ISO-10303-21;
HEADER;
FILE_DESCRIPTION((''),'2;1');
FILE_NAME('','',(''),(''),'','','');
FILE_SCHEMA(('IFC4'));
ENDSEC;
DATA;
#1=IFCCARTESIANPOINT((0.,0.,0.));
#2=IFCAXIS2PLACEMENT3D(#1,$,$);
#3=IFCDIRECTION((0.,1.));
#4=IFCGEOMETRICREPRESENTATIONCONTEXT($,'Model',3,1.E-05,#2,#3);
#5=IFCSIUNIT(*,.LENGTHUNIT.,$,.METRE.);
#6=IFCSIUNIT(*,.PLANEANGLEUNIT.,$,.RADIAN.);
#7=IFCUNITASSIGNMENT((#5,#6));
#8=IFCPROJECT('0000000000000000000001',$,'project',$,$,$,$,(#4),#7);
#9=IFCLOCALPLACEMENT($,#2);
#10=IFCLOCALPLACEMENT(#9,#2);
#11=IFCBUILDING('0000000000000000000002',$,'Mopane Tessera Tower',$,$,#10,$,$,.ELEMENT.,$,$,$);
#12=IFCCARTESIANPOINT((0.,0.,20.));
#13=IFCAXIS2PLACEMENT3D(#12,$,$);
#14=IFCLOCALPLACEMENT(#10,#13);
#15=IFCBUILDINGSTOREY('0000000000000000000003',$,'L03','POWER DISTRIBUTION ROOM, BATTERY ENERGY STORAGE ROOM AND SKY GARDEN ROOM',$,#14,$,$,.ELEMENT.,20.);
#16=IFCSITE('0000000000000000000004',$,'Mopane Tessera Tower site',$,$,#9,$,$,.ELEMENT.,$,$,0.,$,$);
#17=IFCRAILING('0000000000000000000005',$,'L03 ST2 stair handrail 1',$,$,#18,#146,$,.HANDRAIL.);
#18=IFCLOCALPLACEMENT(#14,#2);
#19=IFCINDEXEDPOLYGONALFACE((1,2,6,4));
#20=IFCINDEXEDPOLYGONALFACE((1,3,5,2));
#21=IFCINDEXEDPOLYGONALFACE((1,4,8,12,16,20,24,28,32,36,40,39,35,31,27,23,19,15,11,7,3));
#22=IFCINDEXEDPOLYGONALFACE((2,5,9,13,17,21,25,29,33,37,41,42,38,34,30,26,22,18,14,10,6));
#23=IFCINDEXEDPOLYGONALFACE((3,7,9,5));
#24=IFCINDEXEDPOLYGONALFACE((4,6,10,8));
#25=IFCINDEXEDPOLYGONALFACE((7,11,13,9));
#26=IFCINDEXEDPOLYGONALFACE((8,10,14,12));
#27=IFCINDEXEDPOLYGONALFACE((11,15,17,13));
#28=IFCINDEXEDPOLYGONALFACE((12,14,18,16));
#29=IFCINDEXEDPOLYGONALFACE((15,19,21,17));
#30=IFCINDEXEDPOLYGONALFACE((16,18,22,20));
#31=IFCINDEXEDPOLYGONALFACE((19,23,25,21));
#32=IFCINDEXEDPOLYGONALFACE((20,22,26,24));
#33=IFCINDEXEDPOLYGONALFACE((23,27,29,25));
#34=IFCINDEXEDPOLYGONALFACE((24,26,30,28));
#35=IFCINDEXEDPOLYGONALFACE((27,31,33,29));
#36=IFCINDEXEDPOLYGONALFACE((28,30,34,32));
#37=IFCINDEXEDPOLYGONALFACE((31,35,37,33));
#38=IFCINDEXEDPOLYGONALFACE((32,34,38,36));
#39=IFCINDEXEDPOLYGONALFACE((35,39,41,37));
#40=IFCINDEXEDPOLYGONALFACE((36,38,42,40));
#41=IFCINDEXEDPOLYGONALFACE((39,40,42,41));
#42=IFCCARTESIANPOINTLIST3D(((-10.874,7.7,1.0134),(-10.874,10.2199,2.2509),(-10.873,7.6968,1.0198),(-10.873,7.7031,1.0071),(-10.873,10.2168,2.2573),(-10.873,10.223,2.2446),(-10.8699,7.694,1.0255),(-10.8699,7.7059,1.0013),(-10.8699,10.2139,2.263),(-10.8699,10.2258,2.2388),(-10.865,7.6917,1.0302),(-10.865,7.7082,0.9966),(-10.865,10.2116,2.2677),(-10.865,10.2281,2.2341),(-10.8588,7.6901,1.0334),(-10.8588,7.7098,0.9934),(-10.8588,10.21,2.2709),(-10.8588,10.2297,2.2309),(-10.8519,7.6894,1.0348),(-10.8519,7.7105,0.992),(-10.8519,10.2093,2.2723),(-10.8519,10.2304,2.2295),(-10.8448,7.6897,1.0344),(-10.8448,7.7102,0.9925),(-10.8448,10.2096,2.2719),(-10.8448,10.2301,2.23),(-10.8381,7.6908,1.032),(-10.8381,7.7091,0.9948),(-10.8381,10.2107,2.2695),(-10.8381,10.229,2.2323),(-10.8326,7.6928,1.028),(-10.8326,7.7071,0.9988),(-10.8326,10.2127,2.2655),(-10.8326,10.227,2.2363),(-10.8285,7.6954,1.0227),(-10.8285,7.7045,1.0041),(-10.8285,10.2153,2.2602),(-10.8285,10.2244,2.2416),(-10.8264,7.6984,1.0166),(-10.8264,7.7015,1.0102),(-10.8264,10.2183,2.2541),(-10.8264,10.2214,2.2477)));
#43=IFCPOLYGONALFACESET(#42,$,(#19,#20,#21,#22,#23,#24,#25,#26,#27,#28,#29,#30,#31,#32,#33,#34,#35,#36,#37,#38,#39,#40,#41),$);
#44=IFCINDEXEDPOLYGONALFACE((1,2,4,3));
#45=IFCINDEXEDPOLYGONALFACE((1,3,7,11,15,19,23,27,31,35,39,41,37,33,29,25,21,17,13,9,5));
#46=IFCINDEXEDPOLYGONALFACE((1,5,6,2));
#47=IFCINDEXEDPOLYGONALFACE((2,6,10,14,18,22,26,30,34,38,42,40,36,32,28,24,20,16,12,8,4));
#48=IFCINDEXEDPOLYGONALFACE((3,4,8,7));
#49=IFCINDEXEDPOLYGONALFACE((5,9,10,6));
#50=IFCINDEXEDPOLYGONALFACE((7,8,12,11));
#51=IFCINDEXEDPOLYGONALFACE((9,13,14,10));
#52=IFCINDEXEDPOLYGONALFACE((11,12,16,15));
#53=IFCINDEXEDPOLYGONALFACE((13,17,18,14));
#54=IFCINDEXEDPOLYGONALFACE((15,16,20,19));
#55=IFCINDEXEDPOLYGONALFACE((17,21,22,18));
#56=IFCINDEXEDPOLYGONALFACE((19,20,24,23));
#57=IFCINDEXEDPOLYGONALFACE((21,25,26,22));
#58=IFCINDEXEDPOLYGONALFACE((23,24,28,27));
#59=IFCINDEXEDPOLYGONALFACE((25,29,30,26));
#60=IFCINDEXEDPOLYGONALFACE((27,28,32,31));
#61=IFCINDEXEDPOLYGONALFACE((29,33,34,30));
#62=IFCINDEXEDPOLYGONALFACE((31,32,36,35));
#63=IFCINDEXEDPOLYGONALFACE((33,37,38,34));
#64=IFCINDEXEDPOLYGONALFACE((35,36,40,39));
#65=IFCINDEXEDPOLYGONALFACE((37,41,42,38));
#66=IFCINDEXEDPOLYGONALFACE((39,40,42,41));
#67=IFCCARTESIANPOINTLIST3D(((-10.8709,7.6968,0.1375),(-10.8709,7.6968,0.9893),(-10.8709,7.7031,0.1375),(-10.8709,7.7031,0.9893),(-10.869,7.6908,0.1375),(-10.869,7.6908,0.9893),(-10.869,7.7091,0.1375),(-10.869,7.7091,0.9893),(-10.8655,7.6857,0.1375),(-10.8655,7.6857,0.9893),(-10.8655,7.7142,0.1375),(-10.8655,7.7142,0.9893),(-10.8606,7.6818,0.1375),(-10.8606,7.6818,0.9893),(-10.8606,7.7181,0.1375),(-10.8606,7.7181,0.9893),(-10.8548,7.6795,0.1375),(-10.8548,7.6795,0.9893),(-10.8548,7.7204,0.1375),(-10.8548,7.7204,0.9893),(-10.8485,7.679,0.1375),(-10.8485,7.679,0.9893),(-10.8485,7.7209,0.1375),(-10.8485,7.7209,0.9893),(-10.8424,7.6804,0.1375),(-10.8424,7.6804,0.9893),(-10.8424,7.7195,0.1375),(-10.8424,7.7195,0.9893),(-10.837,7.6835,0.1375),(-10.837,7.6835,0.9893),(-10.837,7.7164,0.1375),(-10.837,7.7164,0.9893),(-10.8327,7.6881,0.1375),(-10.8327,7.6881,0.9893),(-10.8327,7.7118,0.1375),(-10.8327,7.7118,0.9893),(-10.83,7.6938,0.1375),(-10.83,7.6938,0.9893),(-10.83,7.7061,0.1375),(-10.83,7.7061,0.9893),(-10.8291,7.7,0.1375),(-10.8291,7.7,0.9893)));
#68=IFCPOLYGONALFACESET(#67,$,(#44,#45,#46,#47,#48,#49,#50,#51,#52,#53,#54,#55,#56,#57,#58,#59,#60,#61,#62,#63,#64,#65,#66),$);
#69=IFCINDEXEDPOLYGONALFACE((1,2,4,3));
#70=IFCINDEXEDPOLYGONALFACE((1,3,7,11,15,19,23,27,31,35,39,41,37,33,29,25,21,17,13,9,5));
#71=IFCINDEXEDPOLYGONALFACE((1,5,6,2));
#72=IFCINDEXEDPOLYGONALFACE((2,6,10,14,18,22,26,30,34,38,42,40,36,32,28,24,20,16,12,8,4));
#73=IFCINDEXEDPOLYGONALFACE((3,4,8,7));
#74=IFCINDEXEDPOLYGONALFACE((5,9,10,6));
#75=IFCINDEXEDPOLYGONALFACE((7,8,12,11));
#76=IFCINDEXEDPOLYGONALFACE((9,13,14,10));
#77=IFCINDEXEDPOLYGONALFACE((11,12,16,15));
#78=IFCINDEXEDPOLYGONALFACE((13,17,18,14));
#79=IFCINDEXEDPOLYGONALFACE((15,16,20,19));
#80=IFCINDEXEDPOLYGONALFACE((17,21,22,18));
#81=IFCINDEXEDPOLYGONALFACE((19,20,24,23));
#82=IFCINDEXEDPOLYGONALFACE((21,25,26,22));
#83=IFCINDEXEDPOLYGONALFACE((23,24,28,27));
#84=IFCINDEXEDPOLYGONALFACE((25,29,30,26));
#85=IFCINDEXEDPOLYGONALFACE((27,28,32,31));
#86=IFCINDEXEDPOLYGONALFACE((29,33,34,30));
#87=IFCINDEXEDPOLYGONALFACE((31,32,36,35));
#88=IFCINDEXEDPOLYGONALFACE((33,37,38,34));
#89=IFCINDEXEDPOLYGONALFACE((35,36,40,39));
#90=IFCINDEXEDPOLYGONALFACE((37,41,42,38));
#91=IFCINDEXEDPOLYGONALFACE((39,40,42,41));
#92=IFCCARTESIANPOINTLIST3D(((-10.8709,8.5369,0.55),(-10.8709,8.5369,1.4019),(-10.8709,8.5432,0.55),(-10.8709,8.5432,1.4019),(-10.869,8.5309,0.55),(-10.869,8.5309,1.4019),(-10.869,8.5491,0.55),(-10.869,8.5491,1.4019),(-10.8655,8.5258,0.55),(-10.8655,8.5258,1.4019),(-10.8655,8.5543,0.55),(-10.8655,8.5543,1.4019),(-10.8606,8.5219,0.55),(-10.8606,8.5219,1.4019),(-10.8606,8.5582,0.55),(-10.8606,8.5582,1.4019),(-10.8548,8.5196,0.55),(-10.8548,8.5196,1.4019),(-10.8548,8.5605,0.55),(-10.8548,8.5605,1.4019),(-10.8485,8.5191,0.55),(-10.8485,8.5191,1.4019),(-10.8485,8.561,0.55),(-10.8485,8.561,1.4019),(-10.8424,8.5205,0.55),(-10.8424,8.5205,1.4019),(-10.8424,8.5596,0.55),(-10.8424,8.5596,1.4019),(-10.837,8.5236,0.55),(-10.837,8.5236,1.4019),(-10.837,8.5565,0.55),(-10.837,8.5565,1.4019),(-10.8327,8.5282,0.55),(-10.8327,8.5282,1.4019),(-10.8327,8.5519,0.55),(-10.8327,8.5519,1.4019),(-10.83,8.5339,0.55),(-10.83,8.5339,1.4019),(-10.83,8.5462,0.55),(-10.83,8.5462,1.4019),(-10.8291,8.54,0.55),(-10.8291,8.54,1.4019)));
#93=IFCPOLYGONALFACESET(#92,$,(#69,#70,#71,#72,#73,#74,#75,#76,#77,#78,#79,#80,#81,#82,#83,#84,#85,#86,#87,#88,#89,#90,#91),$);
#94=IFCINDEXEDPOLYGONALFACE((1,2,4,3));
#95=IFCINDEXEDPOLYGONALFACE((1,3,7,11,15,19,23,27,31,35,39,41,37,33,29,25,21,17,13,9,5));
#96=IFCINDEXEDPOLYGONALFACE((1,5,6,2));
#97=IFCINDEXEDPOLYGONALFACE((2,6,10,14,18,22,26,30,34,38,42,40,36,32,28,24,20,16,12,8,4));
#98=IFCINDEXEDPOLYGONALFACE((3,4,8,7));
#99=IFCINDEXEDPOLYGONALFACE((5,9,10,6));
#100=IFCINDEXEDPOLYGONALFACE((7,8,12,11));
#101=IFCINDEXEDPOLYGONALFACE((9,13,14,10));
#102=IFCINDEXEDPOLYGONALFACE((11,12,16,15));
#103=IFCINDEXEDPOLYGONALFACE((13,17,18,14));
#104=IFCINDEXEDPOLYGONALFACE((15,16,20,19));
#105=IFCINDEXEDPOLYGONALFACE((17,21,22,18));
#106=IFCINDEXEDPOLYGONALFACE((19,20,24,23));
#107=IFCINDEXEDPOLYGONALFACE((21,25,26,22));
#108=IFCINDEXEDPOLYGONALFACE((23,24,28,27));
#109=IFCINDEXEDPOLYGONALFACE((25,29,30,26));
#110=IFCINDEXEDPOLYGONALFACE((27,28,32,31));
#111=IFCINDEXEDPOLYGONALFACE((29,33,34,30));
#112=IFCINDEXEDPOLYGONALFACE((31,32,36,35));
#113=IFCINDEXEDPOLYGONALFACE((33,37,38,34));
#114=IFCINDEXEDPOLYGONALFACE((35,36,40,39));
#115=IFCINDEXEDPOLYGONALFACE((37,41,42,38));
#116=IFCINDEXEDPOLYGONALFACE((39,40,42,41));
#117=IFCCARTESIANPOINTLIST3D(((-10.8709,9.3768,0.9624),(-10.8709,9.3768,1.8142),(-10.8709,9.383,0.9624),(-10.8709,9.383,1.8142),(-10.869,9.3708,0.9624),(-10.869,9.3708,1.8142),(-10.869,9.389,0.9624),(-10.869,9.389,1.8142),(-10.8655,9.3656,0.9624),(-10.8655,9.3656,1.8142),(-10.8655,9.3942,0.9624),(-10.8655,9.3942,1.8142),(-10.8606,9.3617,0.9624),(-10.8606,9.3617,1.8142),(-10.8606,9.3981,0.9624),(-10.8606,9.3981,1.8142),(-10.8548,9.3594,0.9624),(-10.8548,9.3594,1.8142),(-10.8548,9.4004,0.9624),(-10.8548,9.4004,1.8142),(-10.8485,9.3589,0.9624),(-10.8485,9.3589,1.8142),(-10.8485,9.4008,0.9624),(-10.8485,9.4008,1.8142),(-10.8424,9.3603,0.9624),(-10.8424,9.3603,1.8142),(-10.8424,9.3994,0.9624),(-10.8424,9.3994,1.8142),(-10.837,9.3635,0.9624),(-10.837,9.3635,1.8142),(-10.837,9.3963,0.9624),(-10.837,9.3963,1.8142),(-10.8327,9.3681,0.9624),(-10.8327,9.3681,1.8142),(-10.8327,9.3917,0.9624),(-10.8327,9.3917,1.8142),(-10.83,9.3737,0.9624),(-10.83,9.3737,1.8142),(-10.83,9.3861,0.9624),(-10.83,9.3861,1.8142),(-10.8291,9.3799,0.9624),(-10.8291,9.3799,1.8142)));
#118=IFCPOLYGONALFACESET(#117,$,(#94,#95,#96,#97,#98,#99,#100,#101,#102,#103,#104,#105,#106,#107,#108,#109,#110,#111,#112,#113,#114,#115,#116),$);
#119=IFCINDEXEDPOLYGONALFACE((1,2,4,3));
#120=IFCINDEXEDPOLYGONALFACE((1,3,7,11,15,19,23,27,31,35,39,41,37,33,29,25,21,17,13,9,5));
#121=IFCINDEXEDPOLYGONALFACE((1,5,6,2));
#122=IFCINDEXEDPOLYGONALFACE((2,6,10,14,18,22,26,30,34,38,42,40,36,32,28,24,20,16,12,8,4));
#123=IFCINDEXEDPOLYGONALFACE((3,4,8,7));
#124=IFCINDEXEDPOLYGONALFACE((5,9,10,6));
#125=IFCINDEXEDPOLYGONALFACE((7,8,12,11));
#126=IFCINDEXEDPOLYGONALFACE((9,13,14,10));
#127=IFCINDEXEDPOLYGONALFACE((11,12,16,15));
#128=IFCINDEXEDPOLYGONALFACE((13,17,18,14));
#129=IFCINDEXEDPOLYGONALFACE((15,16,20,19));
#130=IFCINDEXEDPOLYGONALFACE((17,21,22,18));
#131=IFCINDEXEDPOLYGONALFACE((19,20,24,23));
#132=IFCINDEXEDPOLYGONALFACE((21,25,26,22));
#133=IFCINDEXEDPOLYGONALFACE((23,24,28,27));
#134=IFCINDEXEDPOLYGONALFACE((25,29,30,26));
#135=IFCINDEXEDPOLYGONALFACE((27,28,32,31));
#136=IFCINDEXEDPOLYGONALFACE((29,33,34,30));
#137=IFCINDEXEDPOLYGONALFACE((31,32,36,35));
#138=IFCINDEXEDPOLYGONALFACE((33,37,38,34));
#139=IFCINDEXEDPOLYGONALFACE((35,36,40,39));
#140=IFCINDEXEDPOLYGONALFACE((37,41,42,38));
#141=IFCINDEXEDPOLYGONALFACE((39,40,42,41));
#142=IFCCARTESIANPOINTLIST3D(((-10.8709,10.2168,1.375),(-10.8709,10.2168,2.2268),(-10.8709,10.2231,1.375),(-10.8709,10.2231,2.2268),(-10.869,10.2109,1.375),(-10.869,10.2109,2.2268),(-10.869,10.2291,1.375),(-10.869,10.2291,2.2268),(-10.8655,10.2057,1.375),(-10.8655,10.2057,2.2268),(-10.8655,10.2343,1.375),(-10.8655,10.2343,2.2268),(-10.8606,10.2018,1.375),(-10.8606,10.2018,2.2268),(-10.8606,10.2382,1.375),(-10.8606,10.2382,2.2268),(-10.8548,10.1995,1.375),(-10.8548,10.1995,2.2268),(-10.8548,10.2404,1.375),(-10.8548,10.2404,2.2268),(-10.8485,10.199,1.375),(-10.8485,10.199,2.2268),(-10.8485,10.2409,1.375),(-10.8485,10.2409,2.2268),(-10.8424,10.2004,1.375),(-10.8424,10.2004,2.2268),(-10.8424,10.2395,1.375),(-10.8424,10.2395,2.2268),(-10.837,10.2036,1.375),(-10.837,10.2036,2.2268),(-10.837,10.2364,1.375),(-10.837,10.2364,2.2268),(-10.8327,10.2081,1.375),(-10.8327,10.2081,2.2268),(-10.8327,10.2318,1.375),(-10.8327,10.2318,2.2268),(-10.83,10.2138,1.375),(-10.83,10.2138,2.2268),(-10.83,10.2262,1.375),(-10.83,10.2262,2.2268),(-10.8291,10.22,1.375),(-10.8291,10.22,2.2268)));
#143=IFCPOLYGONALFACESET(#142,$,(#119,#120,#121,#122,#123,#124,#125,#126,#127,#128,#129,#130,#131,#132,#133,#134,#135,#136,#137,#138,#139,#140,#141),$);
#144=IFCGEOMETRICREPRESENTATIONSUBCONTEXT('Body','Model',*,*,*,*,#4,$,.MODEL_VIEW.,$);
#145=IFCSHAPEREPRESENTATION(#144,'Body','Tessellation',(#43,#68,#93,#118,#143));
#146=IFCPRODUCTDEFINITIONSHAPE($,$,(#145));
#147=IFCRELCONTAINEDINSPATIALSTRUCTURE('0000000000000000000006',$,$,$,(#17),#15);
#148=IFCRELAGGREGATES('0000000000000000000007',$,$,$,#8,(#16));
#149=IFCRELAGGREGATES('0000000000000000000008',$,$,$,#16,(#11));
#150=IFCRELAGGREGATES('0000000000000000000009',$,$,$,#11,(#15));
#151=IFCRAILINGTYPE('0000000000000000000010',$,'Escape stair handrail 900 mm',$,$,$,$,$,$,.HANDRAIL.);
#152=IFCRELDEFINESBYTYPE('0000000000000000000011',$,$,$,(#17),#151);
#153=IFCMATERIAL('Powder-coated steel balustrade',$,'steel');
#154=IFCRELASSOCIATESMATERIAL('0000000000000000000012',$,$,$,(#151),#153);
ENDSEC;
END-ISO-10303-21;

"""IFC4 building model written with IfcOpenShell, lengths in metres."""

from ifc_helpers import new_model, si_unit, direction, frame, origin, origin_2d, place, context, subcontext, project, spatial, circle, extrude, material, type_object, element, save


model = new_model("IFC4")

# Units and contexts
model_context = context("Model", 3, precision=1e-05, world=origin(), true_north=direction((0.0, 1.0)))
body_context = subcontext(model_context, "Body", "Model", "MODEL_VIEW")
ifc_project = project(units=[si_unit("LENGTHUNIT", "METRE"), si_unit("PLANEANGLEUNIT", "RADIAN")], contexts=[model_context])

# Site, building, storey
site_placement = place(None, origin())
site = spatial("IfcSite", under=ifc_project, at=site_placement, Name="Mopane Tessera Tower site", CompositionType="ELEMENT", RefElevation=0.0)
building_placement = place(site_placement, origin())
building = spatial("IfcBuilding", under=site, at=building_placement, Name="Mopane Tessera Tower", CompositionType="ELEMENT")
storey_placement = place(building_placement, frame((0.0, 0.0, 20.0)))
storey = spatial("IfcBuildingStorey", under=building, at=storey_placement, Name="L03", Description="POWER DISTRIBUTION ROOM, BATTERY ENERGY STORAGE ROOM AND SKY GARDEN ROOM", CompositionType="ELEMENT", Elevation=20.0)

# Railing
ifc_material_1 = material(Name="Powder-coated steel balustrade", Category="steel")
railing_type_1 = type_object("IfcRailingType", Name="Escape stair handrail 900 mm", PredefinedType="HANDRAIL", material=ifc_material_1)
railing_1_placement = place(storey_placement, frame((-10.8501, 7.7, 0.1375)))
element("IfcRailing", 1, at=railing_1_placement, inside=storey, type_object=railing_type_1, Name="L03 ST2 stair handrail 1", PredefinedType="HANDRAIL", context=body_context, shape_type="SweptSolid", body=[
    extrude(circle(Radius=0.0239, at=origin_2d()), frame((0.0, 0.0, 0.876), z_axis=(0.0, 0.897604, 0.440802), x_axis=(-1.0, 0.0, 0.0)), (0.0, 0.0, 1.0), 2.8074),
    extrude(circle(Radius=0.021, at=origin_2d()), origin(), (0.0, 0.0, 1.0), 0.8518),
    extrude(circle(Radius=0.021, at=origin_2d()), frame((0.0, 0.8401, 0.4126)), (0.0, 0.0, 1.0), 0.8518),
    extrude(circle(Radius=0.021, at=origin_2d()), frame((0.0, 1.6799, 0.825)), (0.0, 0.0, 1.0), 0.8518),
    extrude(circle(Radius=0.021, at=origin_2d()), frame((0.0, 2.52, 1.2375)), (0.0, 0.0, 1.0), 0.8518),
])

save(model, "model.ifc")
